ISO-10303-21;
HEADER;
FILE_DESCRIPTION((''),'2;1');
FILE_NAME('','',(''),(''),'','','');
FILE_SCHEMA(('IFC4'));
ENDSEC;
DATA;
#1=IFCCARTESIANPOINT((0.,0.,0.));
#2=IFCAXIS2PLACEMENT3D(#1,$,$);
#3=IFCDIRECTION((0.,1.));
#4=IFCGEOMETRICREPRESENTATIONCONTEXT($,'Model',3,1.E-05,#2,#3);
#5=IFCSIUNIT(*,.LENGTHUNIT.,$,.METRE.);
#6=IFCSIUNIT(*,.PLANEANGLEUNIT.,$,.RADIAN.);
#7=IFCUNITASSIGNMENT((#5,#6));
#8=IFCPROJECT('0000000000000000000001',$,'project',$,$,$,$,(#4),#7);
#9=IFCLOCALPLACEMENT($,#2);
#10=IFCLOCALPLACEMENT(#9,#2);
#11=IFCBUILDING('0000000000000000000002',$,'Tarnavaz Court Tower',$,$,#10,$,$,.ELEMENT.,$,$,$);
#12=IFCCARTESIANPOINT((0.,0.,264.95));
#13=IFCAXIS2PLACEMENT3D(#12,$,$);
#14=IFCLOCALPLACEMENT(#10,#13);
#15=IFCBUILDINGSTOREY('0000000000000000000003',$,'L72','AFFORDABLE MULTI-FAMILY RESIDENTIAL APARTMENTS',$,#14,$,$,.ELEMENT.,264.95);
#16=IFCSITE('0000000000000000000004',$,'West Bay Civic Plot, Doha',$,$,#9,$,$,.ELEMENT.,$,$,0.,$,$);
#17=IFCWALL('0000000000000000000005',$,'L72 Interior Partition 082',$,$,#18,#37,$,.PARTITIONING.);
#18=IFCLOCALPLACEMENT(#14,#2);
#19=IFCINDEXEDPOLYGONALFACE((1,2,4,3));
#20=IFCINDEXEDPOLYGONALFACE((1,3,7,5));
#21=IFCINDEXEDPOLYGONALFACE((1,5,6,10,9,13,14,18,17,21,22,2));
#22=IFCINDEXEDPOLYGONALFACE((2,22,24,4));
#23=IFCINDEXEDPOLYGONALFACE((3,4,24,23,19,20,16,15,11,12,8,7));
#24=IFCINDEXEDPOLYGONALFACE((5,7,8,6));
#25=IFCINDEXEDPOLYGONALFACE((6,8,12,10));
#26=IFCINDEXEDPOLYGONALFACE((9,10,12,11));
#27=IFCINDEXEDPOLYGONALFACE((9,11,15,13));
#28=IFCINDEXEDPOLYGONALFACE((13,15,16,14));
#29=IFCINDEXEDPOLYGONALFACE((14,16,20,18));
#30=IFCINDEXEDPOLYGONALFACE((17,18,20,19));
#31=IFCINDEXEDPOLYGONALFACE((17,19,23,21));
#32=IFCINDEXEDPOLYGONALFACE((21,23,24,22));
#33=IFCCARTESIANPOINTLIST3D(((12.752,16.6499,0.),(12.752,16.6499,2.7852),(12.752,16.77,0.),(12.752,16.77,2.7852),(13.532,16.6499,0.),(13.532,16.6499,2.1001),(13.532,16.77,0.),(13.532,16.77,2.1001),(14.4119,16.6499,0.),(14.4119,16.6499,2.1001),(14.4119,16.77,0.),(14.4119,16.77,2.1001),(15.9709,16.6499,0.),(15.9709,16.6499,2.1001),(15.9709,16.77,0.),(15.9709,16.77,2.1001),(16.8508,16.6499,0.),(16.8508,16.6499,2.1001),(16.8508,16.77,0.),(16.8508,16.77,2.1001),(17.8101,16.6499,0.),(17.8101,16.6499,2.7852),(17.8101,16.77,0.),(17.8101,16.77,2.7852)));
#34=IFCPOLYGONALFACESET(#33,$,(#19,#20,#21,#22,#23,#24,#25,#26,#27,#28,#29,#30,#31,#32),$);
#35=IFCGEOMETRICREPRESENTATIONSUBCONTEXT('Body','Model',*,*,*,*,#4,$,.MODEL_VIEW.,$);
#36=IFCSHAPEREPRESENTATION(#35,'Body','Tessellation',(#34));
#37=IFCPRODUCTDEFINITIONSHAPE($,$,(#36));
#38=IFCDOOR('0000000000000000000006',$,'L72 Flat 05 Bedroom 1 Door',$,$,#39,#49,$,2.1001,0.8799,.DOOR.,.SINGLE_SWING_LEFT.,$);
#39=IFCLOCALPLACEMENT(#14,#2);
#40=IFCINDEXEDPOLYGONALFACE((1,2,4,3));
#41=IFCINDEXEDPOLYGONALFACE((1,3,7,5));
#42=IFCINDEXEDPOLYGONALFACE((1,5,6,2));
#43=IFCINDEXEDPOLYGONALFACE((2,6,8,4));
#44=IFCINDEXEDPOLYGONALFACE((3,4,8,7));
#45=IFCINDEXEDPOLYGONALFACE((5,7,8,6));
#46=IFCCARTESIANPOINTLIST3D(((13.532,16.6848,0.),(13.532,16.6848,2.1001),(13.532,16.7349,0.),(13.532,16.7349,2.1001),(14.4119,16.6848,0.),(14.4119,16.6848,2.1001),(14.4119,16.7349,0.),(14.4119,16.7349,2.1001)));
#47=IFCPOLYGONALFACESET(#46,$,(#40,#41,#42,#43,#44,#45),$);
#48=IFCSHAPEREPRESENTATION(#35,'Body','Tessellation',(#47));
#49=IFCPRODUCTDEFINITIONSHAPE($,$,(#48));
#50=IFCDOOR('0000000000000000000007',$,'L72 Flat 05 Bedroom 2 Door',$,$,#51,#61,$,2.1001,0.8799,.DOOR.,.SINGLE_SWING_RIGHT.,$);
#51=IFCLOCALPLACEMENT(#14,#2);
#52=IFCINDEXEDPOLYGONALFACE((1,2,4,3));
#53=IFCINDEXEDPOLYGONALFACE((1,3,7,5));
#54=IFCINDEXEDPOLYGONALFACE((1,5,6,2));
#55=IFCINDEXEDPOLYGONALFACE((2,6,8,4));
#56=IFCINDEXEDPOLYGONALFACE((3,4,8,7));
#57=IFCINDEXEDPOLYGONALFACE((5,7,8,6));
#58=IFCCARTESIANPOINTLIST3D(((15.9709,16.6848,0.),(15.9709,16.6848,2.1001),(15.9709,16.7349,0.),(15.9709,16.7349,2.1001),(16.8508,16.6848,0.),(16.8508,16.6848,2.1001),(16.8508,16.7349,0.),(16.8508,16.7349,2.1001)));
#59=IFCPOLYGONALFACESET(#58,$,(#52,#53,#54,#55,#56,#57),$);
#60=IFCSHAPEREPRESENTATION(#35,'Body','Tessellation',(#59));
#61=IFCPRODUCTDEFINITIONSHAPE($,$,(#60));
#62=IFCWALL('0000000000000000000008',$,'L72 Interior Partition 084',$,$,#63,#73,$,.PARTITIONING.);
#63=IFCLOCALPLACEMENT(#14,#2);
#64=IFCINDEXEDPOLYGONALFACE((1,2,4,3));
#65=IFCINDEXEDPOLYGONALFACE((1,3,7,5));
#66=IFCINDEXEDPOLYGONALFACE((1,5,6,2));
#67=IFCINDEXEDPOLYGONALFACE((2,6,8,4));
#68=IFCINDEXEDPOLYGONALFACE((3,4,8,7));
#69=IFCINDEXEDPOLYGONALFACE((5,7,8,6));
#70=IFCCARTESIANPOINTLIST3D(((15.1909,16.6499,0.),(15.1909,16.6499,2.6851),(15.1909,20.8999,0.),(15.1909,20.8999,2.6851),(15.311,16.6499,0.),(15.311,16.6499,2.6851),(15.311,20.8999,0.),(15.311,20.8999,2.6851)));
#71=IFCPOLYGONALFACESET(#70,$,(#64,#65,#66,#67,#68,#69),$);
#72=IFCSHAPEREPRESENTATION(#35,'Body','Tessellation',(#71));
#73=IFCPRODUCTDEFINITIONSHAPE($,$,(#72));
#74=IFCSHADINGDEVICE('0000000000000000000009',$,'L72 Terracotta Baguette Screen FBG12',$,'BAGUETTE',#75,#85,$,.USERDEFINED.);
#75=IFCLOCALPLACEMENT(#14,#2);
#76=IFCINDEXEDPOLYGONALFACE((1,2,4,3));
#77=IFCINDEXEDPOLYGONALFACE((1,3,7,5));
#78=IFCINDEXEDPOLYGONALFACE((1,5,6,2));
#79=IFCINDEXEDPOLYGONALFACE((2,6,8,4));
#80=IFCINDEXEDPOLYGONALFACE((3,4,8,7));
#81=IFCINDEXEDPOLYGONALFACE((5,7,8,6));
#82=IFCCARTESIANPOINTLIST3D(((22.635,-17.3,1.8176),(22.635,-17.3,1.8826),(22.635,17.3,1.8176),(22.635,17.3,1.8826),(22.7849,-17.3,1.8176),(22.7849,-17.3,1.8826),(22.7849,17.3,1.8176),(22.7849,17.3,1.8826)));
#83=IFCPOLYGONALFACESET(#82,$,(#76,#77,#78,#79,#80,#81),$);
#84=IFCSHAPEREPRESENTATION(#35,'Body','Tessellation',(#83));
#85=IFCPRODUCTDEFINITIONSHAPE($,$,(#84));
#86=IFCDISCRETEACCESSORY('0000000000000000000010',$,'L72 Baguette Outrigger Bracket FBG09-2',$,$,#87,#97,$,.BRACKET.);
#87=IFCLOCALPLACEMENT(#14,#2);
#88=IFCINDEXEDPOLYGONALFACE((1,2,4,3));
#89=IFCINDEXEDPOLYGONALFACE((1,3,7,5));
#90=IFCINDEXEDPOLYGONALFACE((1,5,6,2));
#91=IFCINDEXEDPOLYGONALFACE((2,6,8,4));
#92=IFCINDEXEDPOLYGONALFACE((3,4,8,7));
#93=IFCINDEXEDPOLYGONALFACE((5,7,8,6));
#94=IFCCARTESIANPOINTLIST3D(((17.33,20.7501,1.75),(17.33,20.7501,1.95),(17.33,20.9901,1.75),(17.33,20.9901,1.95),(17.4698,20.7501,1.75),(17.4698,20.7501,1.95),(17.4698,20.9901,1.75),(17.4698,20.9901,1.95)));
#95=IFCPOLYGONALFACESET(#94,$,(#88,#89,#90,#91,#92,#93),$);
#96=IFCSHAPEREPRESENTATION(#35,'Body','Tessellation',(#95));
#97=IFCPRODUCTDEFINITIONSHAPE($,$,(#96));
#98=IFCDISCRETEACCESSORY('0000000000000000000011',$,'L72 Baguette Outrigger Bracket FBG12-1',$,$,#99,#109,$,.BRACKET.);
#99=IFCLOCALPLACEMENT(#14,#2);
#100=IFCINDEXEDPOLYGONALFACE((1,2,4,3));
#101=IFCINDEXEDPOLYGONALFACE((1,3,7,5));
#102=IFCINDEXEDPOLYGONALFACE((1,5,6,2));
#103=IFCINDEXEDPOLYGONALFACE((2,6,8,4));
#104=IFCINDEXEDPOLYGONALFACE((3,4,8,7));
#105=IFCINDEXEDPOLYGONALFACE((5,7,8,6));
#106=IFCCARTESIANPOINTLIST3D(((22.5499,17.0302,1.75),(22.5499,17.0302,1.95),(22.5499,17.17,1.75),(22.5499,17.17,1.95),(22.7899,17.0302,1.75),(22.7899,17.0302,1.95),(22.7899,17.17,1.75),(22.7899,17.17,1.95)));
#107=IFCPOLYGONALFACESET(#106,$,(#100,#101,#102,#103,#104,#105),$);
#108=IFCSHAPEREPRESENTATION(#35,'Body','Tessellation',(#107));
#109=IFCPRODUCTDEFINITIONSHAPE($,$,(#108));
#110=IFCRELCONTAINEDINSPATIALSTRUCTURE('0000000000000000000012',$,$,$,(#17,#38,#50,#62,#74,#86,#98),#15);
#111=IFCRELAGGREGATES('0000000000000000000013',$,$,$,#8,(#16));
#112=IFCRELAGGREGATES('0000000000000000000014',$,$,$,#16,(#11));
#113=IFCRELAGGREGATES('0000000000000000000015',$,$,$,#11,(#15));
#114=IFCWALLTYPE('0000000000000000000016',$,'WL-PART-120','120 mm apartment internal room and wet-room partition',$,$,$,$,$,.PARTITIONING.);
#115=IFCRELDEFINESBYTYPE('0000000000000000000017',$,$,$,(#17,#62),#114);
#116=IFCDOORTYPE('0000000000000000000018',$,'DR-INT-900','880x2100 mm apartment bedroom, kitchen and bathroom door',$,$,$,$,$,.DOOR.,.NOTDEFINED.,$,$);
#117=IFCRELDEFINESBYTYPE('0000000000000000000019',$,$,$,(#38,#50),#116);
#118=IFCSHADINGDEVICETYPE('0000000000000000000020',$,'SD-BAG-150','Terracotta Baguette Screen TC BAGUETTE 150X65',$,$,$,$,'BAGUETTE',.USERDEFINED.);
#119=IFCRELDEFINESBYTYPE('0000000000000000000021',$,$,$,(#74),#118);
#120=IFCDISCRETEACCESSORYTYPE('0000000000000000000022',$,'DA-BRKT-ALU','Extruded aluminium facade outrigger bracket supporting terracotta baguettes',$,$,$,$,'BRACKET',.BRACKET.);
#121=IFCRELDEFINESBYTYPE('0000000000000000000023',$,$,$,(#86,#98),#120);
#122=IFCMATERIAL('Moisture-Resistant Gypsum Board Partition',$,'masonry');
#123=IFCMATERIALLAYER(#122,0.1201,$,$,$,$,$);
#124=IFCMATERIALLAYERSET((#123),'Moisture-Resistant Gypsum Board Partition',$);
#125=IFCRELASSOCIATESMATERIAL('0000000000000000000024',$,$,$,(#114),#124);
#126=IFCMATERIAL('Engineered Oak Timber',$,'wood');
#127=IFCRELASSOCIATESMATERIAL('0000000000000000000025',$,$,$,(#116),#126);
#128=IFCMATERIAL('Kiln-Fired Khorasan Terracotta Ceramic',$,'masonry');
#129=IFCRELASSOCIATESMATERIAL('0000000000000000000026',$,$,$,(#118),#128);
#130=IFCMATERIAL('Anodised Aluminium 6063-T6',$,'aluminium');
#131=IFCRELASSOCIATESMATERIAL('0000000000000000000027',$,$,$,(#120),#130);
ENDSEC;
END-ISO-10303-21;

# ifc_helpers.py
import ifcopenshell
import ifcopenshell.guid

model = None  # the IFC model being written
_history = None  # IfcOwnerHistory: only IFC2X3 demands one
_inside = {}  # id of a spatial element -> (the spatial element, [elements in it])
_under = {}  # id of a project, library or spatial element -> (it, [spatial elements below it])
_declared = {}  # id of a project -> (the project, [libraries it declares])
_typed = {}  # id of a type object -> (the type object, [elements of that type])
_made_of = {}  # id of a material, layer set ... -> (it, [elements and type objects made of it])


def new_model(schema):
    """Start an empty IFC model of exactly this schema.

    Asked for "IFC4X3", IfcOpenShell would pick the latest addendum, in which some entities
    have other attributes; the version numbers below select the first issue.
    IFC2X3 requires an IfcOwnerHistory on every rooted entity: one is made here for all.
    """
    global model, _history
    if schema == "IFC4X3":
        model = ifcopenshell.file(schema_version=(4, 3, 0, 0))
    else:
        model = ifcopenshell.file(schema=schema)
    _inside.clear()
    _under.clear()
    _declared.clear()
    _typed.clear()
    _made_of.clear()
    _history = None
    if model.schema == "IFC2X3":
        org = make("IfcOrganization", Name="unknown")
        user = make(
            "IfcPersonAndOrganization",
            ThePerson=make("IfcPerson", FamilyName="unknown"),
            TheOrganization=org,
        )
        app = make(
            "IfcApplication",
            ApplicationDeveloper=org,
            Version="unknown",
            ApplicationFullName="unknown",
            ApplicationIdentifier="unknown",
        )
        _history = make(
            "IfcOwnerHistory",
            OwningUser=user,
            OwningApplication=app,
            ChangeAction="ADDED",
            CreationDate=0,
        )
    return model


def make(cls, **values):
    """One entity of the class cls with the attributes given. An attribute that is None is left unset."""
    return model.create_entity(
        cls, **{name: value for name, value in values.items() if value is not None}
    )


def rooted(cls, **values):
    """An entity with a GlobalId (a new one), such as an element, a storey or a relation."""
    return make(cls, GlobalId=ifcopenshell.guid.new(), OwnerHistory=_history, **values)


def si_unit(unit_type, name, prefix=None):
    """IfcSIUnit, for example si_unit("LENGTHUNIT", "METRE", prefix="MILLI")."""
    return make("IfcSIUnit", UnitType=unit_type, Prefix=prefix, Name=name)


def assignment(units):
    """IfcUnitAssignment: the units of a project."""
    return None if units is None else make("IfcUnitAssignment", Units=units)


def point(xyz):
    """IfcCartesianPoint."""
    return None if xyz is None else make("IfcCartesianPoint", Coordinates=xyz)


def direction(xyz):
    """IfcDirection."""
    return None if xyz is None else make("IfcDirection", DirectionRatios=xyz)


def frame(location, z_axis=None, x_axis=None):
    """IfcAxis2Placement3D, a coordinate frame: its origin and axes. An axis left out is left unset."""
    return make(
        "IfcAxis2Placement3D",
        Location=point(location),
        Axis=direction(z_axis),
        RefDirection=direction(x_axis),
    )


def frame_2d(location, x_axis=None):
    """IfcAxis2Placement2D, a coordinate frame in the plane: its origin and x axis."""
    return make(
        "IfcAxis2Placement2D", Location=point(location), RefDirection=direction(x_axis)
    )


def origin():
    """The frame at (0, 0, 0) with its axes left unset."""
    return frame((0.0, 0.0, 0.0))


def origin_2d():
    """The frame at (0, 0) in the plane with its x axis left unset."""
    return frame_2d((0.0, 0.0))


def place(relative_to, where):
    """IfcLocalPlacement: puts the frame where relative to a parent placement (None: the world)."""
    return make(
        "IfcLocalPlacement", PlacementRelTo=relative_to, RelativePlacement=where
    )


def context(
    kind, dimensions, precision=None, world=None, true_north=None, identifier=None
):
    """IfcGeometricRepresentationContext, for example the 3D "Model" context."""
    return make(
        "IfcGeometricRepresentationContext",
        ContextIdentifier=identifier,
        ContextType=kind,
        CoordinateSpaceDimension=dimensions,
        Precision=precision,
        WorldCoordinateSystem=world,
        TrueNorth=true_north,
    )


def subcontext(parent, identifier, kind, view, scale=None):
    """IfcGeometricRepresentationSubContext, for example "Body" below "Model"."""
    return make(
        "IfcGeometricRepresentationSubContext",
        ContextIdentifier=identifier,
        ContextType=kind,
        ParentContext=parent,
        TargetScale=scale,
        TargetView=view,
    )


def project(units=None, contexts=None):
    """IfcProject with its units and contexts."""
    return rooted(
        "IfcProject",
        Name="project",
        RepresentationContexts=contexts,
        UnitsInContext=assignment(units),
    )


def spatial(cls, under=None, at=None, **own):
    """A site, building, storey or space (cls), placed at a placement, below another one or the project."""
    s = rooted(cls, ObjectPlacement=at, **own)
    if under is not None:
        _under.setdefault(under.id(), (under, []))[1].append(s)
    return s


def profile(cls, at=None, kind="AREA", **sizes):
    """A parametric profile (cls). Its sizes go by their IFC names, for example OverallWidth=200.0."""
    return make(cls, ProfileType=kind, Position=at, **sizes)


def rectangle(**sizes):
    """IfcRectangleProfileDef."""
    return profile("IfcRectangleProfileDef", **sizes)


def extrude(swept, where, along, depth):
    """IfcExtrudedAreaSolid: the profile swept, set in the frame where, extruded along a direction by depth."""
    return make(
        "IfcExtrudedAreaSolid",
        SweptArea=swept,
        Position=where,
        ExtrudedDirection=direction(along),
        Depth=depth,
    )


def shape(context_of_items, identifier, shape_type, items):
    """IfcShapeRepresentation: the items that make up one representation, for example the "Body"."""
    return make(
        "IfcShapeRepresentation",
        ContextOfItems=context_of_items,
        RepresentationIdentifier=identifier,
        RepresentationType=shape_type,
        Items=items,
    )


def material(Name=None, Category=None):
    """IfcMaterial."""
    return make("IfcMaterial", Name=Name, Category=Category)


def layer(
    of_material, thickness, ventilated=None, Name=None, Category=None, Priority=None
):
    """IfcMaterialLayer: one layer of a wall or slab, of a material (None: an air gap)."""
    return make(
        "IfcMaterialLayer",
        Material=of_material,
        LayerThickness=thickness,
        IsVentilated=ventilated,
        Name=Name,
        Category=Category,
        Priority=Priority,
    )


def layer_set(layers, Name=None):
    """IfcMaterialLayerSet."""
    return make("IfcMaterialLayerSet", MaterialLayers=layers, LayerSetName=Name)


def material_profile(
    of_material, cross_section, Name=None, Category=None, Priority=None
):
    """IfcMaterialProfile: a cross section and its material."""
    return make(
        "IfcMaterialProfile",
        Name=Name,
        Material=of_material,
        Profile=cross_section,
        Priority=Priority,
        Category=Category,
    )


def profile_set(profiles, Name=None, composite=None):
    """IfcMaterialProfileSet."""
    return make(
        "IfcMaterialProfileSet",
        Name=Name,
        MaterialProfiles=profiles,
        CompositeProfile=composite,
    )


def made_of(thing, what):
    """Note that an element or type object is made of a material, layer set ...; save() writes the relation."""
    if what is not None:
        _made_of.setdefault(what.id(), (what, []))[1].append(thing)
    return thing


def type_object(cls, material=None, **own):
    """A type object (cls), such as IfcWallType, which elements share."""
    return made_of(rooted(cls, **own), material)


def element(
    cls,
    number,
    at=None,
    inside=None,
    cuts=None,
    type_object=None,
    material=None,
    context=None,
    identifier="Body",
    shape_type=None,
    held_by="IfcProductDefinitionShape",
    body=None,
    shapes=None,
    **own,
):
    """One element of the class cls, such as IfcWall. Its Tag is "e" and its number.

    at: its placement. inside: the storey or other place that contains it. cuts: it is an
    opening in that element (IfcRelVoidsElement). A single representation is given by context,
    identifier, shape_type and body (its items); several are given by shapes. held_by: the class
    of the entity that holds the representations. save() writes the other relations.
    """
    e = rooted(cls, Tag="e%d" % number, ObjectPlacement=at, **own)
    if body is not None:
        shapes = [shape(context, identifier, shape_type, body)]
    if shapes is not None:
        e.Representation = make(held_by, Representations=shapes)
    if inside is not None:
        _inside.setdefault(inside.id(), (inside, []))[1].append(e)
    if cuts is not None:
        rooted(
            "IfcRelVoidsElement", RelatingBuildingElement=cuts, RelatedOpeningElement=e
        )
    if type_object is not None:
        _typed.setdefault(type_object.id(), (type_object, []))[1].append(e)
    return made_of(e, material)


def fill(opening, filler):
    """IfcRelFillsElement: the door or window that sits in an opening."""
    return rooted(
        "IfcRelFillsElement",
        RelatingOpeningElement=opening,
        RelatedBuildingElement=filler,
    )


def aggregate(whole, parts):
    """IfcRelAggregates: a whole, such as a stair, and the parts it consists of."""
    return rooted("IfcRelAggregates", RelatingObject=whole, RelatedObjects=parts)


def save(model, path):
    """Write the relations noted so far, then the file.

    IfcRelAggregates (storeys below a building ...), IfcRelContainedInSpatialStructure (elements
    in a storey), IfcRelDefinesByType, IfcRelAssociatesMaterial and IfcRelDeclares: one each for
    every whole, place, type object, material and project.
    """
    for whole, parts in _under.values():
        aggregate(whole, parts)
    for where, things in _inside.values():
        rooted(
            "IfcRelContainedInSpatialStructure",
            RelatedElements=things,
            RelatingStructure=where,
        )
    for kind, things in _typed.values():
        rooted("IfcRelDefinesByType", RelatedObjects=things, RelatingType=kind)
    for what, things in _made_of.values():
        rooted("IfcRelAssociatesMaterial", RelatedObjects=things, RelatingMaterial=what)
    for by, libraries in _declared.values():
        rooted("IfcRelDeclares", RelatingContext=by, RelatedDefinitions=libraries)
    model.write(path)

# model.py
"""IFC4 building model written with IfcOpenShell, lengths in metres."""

from ifc_helpers import new_model, si_unit, direction, frame, frame_2d, origin, origin_2d, place, context, subcontext, project, spatial, rectangle, extrude, material, layer, layer_set, material_profile, profile_set, type_object, element, fill, save


model = new_model("IFC4")

# Units and contexts
model_context = context("Model", 3, precision=1e-05, world=origin(), true_north=direction((0.0, 1.0)))
body_context = subcontext(model_context, "Body", "Model", "MODEL_VIEW")
ifc_project = project(units=[si_unit("LENGTHUNIT", "METRE"), si_unit("PLANEANGLEUNIT", "RADIAN")], contexts=[model_context])

# Site, building, storey
site_placement = place(None, origin())
site = spatial("IfcSite", under=ifc_project, at=site_placement, Name="West Bay Civic Plot, Doha", CompositionType="ELEMENT", RefElevation=0.0)
building_placement = place(site_placement, origin())
building = spatial("IfcBuilding", under=site, at=building_placement, Name="Tarnavaz Court Tower", CompositionType="ELEMENT")
storey_placement = place(building_placement, frame((0.0, 0.0, 264.95)))
storey = spatial("IfcBuildingStorey", under=building, at=storey_placement, Name="L72", Description="AFFORDABLE MULTI-FAMILY RESIDENTIAL APARTMENTS", CompositionType="ELEMENT", Elevation=264.95)

# Shared definitions
ifc_material_1 = material(Name="Moisture-Resistant Gypsum Board Partition", Category="masonry")
ifc_layer_1 = layer(ifc_material_1, 0.1201)
ifc_layer_set_1 = layer_set([ifc_layer_1], Name="Moisture-Resistant Gypsum Board Partition")
wall_type_1 = type_object("IfcWallType", Name="WL-PART-120", Description="120 mm apartment internal room and wet-room partition", PredefinedType="PARTITIONING", material=ifc_layer_set_1)
ifc_material_2 = material(Name="Engineered Oak Timber", Category="wood")
door_type = type_object("IfcDoorType", Name="DR-INT-900", Description="880x2100 mm apartment bedroom, kitchen and bathroom door", OperationType="NOTDEFINED", PredefinedType="DOOR", material=ifc_material_2)

# Wall, openings, doors
wall_1_placement = place(storey_placement, frame((12.752, 16.71, 0.0), z_axis=(0.0, 0.0, 1.0), x_axis=(1.0, 0.0, 0.0)))
wall_1 = element("IfcWall", 1, at=wall_1_placement, inside=storey, type_object=wall_type_1, Name="L72 Interior Partition 082", PredefinedType="PARTITIONING", context=body_context, shape_type="SweptSolid", body=[
    extrude(rectangle(XDim=5.0581, YDim=0.1201, at=frame_2d((2.5291, 0.0))), origin(), (0.0, 0.0, 1.0), 2.7852),
])
opening_1_placement = place(wall_1_placement, frame((0.78, 0.0, 0.0)))
opening_1 = element("IfcOpeningElement", 2, at=opening_1_placement, cuts=wall_1, PredefinedType="OPENING", context=body_context, shape_type="SweptSolid", body=[
    extrude(rectangle(XDim=0.8799, YDim=2.1001, at=frame_2d((0.4399, 1.05))), frame((0.0, 0.0701, 0.0), z_axis=(0.0, -1.0, 0.0), x_axis=(1.0, 0.0, 0.0)), (0.0, 0.0, 1.0), 0.1401),
])
opening_2_placement = place(wall_1_placement, frame((3.219, 0.0, 0.0)))
opening_2 = element("IfcOpeningElement", 3, at=opening_2_placement, cuts=wall_1, PredefinedType="OPENING", context=body_context, shape_type="SweptSolid", body=[
    extrude(rectangle(XDim=0.8799, YDim=2.1001, at=frame_2d((0.4399, 1.05))), frame((0.0, 0.0701, 0.0), z_axis=(0.0, -1.0, 0.0), x_axis=(1.0, 0.0, 0.0)), (0.0, 0.0, 1.0), 0.1401),
])
door_1_placement = place(opening_1_placement, origin())
door_1 = element("IfcDoor", 4, at=door_1_placement, inside=storey, type_object=door_type, Name="L72 Flat 05 Bedroom 1 Door", OperationType="SINGLE_SWING_LEFT", OverallHeight=2.1001, OverallWidth=0.8799, PredefinedType="DOOR", context=body_context, shape_type="SweptSolid", body=[
    extrude(rectangle(XDim=0.8799, YDim=2.1001, at=frame_2d((0.4399, 1.05))), frame((0.0, 0.0249, 0.0), z_axis=(0.0, -1.0, 0.0), x_axis=(1.0, 0.0, 0.0)), (0.0, 0.0, 1.0), 0.05),
])
fill(opening_1, door_1)
door_2_placement = place(opening_2_placement, origin())
door_2 = element("IfcDoor", 5, at=door_2_placement, inside=storey, type_object=door_type, Name="L72 Flat 05 Bedroom 2 Door", OperationType="SINGLE_SWING_RIGHT", OverallHeight=2.1001, OverallWidth=0.8799, PredefinedType="DOOR", context=body_context, shape_type="SweptSolid", body=[
    extrude(rectangle(XDim=0.8799, YDim=2.1001, at=frame_2d((0.4399, 1.05))), frame((0.0, 0.0249, 0.0), z_axis=(0.0, -1.0, 0.0), x_axis=(1.0, 0.0, 0.0)), (0.0, 0.0, 1.0), 0.05),
])
fill(opening_2, door_2)

# Wall
wall_2_placement = place(storey_placement, frame((15.251, 16.6499, 0.0), z_axis=(0.0, 0.0, 1.0), x_axis=(0.0, 1.0, 0.0)))
element("IfcWall", 6, at=wall_2_placement, inside=storey, type_object=wall_type_1, Name="L72 Interior Partition 084", PredefinedType="PARTITIONING", context=body_context, shape_type="SweptSolid", body=[
    extrude(rectangle(XDim=4.25, YDim=0.1201, at=frame_2d((2.125, 0.0))), origin(), (0.0, 0.0, 1.0), 2.6851),
])

# Shading device
ifc_material_3 = material(Name="Kiln-Fired Khorasan Terracotta Ceramic", Category="masonry")
ifc_material_profile_1 = material_profile(ifc_material_3, rectangle(XDim=0.1499, YDim=0.0649, at=origin_2d()), Name="TC BAGUETTE 150X65")
ifc_profile_set_1 = profile_set([ifc_material_profile_1], Name="Kiln-Fired Khorasan Terracotta Ceramic")
shading_device_type = type_object("IfcShadingDeviceType", Name="SD-BAG-150", Description="Terracotta Baguette Screen TC BAGUETTE 150X65", ElementType="BAGUETTE", PredefinedType="USERDEFINED", material=ifc_profile_set_1)
shading_device_placement = place(storey_placement, frame((22.71, 17.3, 1.8501), z_axis=(0.0, -1.0, 0.0), x_axis=(1.0, 0.0, 0.0)))
element("IfcShadingDevice", 7, at=shading_device_placement, inside=storey, type_object=shading_device_type, Name="L72 Terracotta Baguette Screen FBG12", ObjectType="BAGUETTE", PredefinedType="USERDEFINED", context=body_context, shape_type="SweptSolid", body=[
    extrude(rectangle(XDim=0.1499, YDim=0.0649, at=origin_2d()), origin(), (0.0, 0.0, 1.0), 34.6001),
])

# Discrete accessories
ifc_material_4 = material(Name="Anodised Aluminium 6063-T6", Category="aluminium")
discrete_accessory_type = type_object("IfcDiscreteAccessoryType", Name="DA-BRKT-ALU", Description="Extruded aluminium facade outrigger bracket supporting terracotta baguettes", ElementType="BRACKET", PredefinedType="BRACKET", material=ifc_material_4)
for number, where, z_axis, x_axis, name in (
    (8, (17.3999, 20.8701, 1.75), (0.0, 0.0, 1.0), (1.0, 0.0, 0.0), "L72 Baguette Outrigger Bracket FBG09-2"),
    (9, (22.6699, 17.1001, 1.75), (0.0, 0.0, 1.0), (0.0, -1.0, 0.0), "L72 Baguette Outrigger Bracket FBG12-1"),
):
    element("IfcDiscreteAccessory", number, at=place(storey_placement, frame(where, z_axis=z_axis, x_axis=x_axis)), inside=storey, type_object=discrete_accessory_type, Name=name, PredefinedType="BRACKET", context=body_context, shape_type="SweptSolid", body=[
        extrude(rectangle(XDim=0.1399, YDim=0.24, at=origin_2d()), origin(), (0.0, 0.0, 1.0), 0.2),
    ])

save(model, "model.ifc")
